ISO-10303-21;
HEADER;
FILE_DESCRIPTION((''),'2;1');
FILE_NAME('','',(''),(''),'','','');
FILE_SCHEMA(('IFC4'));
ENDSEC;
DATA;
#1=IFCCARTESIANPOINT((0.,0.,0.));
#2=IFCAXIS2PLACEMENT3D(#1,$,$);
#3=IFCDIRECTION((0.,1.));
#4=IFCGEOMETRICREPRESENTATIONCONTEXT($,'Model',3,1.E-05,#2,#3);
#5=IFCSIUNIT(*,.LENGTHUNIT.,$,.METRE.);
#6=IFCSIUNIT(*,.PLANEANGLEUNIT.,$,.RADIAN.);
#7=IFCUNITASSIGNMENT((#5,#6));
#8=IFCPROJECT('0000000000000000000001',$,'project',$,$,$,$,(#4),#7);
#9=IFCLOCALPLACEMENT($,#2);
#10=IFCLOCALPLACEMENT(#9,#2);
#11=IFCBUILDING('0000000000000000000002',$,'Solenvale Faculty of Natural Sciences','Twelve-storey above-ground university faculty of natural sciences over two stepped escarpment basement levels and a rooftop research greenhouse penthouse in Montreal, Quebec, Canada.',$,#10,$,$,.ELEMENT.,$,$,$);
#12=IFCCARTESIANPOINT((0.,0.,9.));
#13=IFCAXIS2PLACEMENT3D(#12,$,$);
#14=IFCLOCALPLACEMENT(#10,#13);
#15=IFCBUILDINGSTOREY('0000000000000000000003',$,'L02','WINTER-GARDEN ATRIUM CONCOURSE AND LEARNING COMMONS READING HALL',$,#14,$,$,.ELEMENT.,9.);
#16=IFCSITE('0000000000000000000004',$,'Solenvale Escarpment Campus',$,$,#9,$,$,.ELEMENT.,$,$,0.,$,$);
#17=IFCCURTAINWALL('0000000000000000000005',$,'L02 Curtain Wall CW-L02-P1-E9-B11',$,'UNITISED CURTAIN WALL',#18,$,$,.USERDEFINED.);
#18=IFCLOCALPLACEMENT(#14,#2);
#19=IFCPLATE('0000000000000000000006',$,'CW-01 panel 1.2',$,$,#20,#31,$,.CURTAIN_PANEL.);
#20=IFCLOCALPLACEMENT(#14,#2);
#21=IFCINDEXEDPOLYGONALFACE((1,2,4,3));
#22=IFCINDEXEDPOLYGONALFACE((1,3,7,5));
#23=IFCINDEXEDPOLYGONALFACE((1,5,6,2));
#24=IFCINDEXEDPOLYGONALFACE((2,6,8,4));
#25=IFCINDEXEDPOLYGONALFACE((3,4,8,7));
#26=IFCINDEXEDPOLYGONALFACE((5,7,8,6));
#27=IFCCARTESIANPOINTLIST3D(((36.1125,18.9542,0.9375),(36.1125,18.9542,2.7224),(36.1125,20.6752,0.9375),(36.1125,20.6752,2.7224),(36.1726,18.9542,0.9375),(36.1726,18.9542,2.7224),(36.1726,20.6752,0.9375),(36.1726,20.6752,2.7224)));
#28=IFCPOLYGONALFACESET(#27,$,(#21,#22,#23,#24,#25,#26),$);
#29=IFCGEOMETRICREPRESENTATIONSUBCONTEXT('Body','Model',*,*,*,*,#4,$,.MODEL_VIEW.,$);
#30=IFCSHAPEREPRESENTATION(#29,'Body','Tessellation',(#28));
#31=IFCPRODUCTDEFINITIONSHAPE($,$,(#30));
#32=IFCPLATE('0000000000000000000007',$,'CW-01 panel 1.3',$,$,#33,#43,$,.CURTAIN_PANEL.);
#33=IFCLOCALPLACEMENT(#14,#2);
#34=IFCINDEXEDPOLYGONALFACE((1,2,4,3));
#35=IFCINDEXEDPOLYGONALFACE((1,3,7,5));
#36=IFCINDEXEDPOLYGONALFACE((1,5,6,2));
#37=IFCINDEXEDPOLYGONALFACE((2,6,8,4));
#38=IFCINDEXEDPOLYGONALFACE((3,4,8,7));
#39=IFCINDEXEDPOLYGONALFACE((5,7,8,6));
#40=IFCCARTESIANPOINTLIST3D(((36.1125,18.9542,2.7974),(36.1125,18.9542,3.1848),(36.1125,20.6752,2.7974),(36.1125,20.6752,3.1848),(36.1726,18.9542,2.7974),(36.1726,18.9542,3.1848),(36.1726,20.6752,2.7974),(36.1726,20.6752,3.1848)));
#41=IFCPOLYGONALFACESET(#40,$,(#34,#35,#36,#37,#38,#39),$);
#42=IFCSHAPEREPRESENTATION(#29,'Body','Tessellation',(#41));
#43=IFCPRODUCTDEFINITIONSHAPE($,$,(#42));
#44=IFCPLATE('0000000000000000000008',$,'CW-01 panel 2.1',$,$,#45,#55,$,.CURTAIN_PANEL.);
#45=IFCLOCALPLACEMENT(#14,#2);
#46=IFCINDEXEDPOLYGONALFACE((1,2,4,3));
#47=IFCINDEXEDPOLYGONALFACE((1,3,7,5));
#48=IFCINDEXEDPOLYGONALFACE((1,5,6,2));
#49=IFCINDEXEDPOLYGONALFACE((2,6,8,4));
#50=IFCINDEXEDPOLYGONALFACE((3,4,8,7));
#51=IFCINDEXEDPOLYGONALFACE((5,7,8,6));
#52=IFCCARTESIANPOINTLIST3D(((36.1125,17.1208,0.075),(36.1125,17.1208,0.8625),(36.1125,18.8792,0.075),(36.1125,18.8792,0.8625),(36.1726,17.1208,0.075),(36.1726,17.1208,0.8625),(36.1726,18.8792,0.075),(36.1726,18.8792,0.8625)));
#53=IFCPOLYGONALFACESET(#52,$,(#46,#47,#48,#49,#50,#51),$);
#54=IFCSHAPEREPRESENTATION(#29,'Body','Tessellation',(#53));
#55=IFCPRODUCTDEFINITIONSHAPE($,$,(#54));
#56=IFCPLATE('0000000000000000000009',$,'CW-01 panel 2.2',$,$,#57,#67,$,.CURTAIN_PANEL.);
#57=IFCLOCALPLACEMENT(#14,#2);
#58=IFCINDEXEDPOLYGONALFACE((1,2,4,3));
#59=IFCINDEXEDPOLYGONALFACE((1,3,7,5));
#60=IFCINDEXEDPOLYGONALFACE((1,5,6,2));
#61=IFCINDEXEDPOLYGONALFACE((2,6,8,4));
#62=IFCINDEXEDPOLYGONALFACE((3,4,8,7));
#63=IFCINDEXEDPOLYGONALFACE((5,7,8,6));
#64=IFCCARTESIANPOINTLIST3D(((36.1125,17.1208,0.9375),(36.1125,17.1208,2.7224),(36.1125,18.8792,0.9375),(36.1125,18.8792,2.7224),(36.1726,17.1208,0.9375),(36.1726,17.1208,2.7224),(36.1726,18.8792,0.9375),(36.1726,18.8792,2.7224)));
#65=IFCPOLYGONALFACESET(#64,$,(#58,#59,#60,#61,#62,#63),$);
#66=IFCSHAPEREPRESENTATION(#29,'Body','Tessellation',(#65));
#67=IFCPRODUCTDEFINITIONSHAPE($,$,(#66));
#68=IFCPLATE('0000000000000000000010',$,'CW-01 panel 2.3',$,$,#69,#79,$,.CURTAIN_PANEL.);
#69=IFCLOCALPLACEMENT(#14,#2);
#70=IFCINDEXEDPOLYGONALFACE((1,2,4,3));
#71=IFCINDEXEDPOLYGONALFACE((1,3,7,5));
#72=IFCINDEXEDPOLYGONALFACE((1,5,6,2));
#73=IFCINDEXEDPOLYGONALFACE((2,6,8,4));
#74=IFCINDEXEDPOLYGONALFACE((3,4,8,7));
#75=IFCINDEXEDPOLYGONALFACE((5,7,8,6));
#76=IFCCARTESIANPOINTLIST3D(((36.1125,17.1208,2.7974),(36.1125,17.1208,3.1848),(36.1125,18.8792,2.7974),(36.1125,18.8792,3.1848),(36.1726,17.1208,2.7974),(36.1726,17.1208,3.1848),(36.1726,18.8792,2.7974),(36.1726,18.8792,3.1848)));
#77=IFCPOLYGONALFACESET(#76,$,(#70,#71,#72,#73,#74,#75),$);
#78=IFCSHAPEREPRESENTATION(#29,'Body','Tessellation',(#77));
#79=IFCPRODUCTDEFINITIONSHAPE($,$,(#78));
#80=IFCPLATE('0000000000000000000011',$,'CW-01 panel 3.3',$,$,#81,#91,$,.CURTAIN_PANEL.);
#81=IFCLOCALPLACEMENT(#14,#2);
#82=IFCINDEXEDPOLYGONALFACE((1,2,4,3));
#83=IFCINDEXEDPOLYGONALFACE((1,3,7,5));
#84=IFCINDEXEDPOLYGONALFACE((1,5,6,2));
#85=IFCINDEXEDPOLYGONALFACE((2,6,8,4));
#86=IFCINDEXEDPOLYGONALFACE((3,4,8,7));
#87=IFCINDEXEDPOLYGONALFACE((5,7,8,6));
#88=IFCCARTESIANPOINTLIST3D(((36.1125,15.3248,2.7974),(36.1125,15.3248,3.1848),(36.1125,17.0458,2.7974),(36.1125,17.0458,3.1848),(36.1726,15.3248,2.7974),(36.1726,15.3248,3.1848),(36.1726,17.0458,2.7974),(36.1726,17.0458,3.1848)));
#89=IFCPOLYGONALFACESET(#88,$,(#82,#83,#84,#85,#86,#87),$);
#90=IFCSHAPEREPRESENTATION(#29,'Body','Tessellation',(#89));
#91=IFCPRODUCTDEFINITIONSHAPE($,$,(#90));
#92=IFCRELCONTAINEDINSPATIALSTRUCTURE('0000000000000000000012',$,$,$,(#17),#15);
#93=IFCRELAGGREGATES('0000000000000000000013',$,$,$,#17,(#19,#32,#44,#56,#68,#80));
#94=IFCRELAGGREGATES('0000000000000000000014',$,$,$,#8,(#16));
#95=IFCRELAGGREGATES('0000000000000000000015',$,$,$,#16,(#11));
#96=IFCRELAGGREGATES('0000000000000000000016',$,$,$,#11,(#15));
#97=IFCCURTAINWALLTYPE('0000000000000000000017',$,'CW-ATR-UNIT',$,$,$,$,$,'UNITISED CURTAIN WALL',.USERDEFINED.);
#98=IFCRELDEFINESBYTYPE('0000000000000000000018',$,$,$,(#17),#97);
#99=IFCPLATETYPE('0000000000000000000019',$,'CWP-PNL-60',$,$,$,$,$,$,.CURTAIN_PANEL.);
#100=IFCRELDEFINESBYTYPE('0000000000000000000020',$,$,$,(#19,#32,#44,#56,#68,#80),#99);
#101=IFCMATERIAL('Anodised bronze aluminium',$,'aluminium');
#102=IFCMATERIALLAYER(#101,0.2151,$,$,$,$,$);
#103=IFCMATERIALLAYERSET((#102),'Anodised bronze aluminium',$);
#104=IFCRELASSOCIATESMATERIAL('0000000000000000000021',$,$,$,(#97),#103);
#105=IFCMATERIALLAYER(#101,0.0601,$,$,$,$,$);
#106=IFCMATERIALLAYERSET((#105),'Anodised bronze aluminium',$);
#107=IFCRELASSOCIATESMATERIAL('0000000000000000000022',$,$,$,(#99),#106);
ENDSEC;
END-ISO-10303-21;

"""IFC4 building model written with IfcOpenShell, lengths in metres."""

from ifc_helpers import new_model, si_unit, direction, frame, origin, origin_2d, place, context, subcontext, project, spatial, rectangle, extrude, material, layer, layer_set, type_object, element, aggregate, save


model = new_model("IFC4")

# Units and contexts
model_context = context("Model", 3, precision=1e-05, world=origin(), true_north=direction((0.0, 1.0)))
body_context = subcontext(model_context, "Body", "Model", "MODEL_VIEW")
ifc_project = project(units=[si_unit("LENGTHUNIT", "METRE"), si_unit("PLANEANGLEUNIT", "RADIAN")], contexts=[model_context])

# Site, building, storey
site_placement = place(None, origin())
site = spatial("IfcSite", under=ifc_project, at=site_placement, Name="Solenvale Escarpment Campus", CompositionType="ELEMENT", RefElevation=0.0)
building_placement = place(site_placement, origin())
building = spatial("IfcBuilding", under=site, at=building_placement, Name="Solenvale Faculty of Natural Sciences", Description="Twelve-storey above-ground university faculty of natural sciences over two stepped escarpment basement levels and a rooftop research greenhouse penthouse in Montreal, Quebec, Canada.", CompositionType="ELEMENT")
storey_placement = place(building_placement, frame((0.0, 0.0, 9.0)))
storey = spatial("IfcBuildingStorey", under=building, at=storey_placement, Name="L02", Description="WINTER-GARDEN ATRIUM CONCOURSE AND LEARNING COMMONS READING HALL", CompositionType="ELEMENT", Elevation=9.0)

# Curtain wall
ifc_material_1 = material(Name="Anodised bronze aluminium", Category="aluminium")
ifc_layer_1 = layer(ifc_material_1, 0.2151)
ifc_layer_set_1 = layer_set([ifc_layer_1], Name="Anodised bronze aluminium")
curtain_wall_type = type_object("IfcCurtainWallType", Name="CW-ATR-UNIT", ElementType="UNITISED CURTAIN WALL", PredefinedType="USERDEFINED", material=ifc_layer_set_1)
curtain_wall_1_placement = place(storey_placement, origin())
curtain_wall_1 = element("IfcCurtainWall", 1, at=curtain_wall_1_placement, inside=storey, type_object=curtain_wall_type, Name="L02 Curtain Wall CW-L02-P1-E9-B11", ObjectType="UNITISED CURTAIN WALL", PredefinedType="USERDEFINED")

# Plates
ifc_layer_2 = layer(ifc_material_1, 0.0601)
ifc_layer_set_2 = layer_set([ifc_layer_2], Name="Anodised bronze aluminium")
plate_type = type_object("IfcPlateType", Name="CWP-PNL-60", PredefinedType="CURTAIN_PANEL", material=ifc_layer_set_2)
plate_1_placement = place(storey_placement, frame((36.1426, 19.8147, 0.9375), z_axis=(0.0, 0.0, 1.0), x_axis=(0.0, -1.0, 0.0)))
plate_1 = element("IfcPlate", 2, at=plate_1_placement, type_object=plate_type, Name="CW-01 panel 1.2", PredefinedType="CURTAIN_PANEL", context=body_context, shape_type="SweptSolid", body=[
    extrude(rectangle(XDim=1.7209, YDim=0.0601, at=origin_2d()), origin(), (0.0, 0.0, 1.0), 1.7849),
])
plate_2_placement = place(storey_placement, frame((36.1426, 19.8147, 2.7974), z_axis=(0.0, 0.0, 1.0), x_axis=(0.0, -1.0, 0.0)))
plate_2 = element("IfcPlate", 3, at=plate_2_placement, type_object=plate_type, Name="CW-01 panel 1.3", PredefinedType="CURTAIN_PANEL", context=body_context, shape_type="SweptSolid", body=[
    extrude(rectangle(XDim=1.7209, YDim=0.0601, at=origin_2d()), origin(), (0.0, 0.0, 1.0), 0.3875),
])
plate_3_placement = place(storey_placement, frame((36.1426, 18.0, 0.075), z_axis=(0.0, 0.0, 1.0), x_axis=(0.0, -1.0, 0.0)))
plate_3 = element("IfcPlate", 4, at=plate_3_placement, type_object=plate_type, Name="CW-01 panel 2.1", PredefinedType="CURTAIN_PANEL", context=body_context, shape_type="SweptSolid", body=[
    extrude(rectangle(XDim=1.7583, YDim=0.0601, at=origin_2d()), origin(), (0.0, 0.0, 1.0), 0.7876),
])
plate_4_placement = place(storey_placement, frame((36.1426, 18.0, 0.9375), z_axis=(0.0, 0.0, 1.0), x_axis=(0.0, -1.0, 0.0)))
plate_4 = element("IfcPlate", 5, at=plate_4_placement, type_object=plate_type, Name="CW-01 panel 2.2", PredefinedType="CURTAIN_PANEL", context=body_context, shape_type="SweptSolid", body=[
    extrude(rectangle(XDim=1.7583, YDim=0.0601, at=origin_2d()), origin(), (0.0, 0.0, 1.0), 1.7849),
])
plate_5_placement = place(storey_placement, frame((36.1426, 18.0, 2.7974), z_axis=(0.0, 0.0, 1.0), x_axis=(0.0, -1.0, 0.0)))
plate_5 = element("IfcPlate", 6, at=plate_5_placement, type_object=plate_type, Name="CW-01 panel 2.3", PredefinedType="CURTAIN_PANEL", context=body_context, shape_type="SweptSolid", body=[
    extrude(rectangle(XDim=1.7583, YDim=0.0601, at=origin_2d()), origin(), (0.0, 0.0, 1.0), 0.3875),
])
plate_6_placement = place(storey_placement, frame((36.1426, 16.1853, 2.7974), z_axis=(0.0, 0.0, 1.0), x_axis=(0.0, -1.0, 0.0)))
plate_6 = element("IfcPlate", 7, at=plate_6_placement, type_object=plate_type, Name="CW-01 panel 3.3", PredefinedType="CURTAIN_PANEL", context=body_context, shape_type="SweptSolid", body=[
    extrude(rectangle(XDim=1.7209, YDim=0.0601, at=origin_2d()), origin(), (0.0, 0.0, 1.0), 0.3875),
])
aggregate(curtain_wall_1, [plate_1, plate_2, plate_3, plate_4, plate_5, plate_6])

save(model, "model.ifc")
